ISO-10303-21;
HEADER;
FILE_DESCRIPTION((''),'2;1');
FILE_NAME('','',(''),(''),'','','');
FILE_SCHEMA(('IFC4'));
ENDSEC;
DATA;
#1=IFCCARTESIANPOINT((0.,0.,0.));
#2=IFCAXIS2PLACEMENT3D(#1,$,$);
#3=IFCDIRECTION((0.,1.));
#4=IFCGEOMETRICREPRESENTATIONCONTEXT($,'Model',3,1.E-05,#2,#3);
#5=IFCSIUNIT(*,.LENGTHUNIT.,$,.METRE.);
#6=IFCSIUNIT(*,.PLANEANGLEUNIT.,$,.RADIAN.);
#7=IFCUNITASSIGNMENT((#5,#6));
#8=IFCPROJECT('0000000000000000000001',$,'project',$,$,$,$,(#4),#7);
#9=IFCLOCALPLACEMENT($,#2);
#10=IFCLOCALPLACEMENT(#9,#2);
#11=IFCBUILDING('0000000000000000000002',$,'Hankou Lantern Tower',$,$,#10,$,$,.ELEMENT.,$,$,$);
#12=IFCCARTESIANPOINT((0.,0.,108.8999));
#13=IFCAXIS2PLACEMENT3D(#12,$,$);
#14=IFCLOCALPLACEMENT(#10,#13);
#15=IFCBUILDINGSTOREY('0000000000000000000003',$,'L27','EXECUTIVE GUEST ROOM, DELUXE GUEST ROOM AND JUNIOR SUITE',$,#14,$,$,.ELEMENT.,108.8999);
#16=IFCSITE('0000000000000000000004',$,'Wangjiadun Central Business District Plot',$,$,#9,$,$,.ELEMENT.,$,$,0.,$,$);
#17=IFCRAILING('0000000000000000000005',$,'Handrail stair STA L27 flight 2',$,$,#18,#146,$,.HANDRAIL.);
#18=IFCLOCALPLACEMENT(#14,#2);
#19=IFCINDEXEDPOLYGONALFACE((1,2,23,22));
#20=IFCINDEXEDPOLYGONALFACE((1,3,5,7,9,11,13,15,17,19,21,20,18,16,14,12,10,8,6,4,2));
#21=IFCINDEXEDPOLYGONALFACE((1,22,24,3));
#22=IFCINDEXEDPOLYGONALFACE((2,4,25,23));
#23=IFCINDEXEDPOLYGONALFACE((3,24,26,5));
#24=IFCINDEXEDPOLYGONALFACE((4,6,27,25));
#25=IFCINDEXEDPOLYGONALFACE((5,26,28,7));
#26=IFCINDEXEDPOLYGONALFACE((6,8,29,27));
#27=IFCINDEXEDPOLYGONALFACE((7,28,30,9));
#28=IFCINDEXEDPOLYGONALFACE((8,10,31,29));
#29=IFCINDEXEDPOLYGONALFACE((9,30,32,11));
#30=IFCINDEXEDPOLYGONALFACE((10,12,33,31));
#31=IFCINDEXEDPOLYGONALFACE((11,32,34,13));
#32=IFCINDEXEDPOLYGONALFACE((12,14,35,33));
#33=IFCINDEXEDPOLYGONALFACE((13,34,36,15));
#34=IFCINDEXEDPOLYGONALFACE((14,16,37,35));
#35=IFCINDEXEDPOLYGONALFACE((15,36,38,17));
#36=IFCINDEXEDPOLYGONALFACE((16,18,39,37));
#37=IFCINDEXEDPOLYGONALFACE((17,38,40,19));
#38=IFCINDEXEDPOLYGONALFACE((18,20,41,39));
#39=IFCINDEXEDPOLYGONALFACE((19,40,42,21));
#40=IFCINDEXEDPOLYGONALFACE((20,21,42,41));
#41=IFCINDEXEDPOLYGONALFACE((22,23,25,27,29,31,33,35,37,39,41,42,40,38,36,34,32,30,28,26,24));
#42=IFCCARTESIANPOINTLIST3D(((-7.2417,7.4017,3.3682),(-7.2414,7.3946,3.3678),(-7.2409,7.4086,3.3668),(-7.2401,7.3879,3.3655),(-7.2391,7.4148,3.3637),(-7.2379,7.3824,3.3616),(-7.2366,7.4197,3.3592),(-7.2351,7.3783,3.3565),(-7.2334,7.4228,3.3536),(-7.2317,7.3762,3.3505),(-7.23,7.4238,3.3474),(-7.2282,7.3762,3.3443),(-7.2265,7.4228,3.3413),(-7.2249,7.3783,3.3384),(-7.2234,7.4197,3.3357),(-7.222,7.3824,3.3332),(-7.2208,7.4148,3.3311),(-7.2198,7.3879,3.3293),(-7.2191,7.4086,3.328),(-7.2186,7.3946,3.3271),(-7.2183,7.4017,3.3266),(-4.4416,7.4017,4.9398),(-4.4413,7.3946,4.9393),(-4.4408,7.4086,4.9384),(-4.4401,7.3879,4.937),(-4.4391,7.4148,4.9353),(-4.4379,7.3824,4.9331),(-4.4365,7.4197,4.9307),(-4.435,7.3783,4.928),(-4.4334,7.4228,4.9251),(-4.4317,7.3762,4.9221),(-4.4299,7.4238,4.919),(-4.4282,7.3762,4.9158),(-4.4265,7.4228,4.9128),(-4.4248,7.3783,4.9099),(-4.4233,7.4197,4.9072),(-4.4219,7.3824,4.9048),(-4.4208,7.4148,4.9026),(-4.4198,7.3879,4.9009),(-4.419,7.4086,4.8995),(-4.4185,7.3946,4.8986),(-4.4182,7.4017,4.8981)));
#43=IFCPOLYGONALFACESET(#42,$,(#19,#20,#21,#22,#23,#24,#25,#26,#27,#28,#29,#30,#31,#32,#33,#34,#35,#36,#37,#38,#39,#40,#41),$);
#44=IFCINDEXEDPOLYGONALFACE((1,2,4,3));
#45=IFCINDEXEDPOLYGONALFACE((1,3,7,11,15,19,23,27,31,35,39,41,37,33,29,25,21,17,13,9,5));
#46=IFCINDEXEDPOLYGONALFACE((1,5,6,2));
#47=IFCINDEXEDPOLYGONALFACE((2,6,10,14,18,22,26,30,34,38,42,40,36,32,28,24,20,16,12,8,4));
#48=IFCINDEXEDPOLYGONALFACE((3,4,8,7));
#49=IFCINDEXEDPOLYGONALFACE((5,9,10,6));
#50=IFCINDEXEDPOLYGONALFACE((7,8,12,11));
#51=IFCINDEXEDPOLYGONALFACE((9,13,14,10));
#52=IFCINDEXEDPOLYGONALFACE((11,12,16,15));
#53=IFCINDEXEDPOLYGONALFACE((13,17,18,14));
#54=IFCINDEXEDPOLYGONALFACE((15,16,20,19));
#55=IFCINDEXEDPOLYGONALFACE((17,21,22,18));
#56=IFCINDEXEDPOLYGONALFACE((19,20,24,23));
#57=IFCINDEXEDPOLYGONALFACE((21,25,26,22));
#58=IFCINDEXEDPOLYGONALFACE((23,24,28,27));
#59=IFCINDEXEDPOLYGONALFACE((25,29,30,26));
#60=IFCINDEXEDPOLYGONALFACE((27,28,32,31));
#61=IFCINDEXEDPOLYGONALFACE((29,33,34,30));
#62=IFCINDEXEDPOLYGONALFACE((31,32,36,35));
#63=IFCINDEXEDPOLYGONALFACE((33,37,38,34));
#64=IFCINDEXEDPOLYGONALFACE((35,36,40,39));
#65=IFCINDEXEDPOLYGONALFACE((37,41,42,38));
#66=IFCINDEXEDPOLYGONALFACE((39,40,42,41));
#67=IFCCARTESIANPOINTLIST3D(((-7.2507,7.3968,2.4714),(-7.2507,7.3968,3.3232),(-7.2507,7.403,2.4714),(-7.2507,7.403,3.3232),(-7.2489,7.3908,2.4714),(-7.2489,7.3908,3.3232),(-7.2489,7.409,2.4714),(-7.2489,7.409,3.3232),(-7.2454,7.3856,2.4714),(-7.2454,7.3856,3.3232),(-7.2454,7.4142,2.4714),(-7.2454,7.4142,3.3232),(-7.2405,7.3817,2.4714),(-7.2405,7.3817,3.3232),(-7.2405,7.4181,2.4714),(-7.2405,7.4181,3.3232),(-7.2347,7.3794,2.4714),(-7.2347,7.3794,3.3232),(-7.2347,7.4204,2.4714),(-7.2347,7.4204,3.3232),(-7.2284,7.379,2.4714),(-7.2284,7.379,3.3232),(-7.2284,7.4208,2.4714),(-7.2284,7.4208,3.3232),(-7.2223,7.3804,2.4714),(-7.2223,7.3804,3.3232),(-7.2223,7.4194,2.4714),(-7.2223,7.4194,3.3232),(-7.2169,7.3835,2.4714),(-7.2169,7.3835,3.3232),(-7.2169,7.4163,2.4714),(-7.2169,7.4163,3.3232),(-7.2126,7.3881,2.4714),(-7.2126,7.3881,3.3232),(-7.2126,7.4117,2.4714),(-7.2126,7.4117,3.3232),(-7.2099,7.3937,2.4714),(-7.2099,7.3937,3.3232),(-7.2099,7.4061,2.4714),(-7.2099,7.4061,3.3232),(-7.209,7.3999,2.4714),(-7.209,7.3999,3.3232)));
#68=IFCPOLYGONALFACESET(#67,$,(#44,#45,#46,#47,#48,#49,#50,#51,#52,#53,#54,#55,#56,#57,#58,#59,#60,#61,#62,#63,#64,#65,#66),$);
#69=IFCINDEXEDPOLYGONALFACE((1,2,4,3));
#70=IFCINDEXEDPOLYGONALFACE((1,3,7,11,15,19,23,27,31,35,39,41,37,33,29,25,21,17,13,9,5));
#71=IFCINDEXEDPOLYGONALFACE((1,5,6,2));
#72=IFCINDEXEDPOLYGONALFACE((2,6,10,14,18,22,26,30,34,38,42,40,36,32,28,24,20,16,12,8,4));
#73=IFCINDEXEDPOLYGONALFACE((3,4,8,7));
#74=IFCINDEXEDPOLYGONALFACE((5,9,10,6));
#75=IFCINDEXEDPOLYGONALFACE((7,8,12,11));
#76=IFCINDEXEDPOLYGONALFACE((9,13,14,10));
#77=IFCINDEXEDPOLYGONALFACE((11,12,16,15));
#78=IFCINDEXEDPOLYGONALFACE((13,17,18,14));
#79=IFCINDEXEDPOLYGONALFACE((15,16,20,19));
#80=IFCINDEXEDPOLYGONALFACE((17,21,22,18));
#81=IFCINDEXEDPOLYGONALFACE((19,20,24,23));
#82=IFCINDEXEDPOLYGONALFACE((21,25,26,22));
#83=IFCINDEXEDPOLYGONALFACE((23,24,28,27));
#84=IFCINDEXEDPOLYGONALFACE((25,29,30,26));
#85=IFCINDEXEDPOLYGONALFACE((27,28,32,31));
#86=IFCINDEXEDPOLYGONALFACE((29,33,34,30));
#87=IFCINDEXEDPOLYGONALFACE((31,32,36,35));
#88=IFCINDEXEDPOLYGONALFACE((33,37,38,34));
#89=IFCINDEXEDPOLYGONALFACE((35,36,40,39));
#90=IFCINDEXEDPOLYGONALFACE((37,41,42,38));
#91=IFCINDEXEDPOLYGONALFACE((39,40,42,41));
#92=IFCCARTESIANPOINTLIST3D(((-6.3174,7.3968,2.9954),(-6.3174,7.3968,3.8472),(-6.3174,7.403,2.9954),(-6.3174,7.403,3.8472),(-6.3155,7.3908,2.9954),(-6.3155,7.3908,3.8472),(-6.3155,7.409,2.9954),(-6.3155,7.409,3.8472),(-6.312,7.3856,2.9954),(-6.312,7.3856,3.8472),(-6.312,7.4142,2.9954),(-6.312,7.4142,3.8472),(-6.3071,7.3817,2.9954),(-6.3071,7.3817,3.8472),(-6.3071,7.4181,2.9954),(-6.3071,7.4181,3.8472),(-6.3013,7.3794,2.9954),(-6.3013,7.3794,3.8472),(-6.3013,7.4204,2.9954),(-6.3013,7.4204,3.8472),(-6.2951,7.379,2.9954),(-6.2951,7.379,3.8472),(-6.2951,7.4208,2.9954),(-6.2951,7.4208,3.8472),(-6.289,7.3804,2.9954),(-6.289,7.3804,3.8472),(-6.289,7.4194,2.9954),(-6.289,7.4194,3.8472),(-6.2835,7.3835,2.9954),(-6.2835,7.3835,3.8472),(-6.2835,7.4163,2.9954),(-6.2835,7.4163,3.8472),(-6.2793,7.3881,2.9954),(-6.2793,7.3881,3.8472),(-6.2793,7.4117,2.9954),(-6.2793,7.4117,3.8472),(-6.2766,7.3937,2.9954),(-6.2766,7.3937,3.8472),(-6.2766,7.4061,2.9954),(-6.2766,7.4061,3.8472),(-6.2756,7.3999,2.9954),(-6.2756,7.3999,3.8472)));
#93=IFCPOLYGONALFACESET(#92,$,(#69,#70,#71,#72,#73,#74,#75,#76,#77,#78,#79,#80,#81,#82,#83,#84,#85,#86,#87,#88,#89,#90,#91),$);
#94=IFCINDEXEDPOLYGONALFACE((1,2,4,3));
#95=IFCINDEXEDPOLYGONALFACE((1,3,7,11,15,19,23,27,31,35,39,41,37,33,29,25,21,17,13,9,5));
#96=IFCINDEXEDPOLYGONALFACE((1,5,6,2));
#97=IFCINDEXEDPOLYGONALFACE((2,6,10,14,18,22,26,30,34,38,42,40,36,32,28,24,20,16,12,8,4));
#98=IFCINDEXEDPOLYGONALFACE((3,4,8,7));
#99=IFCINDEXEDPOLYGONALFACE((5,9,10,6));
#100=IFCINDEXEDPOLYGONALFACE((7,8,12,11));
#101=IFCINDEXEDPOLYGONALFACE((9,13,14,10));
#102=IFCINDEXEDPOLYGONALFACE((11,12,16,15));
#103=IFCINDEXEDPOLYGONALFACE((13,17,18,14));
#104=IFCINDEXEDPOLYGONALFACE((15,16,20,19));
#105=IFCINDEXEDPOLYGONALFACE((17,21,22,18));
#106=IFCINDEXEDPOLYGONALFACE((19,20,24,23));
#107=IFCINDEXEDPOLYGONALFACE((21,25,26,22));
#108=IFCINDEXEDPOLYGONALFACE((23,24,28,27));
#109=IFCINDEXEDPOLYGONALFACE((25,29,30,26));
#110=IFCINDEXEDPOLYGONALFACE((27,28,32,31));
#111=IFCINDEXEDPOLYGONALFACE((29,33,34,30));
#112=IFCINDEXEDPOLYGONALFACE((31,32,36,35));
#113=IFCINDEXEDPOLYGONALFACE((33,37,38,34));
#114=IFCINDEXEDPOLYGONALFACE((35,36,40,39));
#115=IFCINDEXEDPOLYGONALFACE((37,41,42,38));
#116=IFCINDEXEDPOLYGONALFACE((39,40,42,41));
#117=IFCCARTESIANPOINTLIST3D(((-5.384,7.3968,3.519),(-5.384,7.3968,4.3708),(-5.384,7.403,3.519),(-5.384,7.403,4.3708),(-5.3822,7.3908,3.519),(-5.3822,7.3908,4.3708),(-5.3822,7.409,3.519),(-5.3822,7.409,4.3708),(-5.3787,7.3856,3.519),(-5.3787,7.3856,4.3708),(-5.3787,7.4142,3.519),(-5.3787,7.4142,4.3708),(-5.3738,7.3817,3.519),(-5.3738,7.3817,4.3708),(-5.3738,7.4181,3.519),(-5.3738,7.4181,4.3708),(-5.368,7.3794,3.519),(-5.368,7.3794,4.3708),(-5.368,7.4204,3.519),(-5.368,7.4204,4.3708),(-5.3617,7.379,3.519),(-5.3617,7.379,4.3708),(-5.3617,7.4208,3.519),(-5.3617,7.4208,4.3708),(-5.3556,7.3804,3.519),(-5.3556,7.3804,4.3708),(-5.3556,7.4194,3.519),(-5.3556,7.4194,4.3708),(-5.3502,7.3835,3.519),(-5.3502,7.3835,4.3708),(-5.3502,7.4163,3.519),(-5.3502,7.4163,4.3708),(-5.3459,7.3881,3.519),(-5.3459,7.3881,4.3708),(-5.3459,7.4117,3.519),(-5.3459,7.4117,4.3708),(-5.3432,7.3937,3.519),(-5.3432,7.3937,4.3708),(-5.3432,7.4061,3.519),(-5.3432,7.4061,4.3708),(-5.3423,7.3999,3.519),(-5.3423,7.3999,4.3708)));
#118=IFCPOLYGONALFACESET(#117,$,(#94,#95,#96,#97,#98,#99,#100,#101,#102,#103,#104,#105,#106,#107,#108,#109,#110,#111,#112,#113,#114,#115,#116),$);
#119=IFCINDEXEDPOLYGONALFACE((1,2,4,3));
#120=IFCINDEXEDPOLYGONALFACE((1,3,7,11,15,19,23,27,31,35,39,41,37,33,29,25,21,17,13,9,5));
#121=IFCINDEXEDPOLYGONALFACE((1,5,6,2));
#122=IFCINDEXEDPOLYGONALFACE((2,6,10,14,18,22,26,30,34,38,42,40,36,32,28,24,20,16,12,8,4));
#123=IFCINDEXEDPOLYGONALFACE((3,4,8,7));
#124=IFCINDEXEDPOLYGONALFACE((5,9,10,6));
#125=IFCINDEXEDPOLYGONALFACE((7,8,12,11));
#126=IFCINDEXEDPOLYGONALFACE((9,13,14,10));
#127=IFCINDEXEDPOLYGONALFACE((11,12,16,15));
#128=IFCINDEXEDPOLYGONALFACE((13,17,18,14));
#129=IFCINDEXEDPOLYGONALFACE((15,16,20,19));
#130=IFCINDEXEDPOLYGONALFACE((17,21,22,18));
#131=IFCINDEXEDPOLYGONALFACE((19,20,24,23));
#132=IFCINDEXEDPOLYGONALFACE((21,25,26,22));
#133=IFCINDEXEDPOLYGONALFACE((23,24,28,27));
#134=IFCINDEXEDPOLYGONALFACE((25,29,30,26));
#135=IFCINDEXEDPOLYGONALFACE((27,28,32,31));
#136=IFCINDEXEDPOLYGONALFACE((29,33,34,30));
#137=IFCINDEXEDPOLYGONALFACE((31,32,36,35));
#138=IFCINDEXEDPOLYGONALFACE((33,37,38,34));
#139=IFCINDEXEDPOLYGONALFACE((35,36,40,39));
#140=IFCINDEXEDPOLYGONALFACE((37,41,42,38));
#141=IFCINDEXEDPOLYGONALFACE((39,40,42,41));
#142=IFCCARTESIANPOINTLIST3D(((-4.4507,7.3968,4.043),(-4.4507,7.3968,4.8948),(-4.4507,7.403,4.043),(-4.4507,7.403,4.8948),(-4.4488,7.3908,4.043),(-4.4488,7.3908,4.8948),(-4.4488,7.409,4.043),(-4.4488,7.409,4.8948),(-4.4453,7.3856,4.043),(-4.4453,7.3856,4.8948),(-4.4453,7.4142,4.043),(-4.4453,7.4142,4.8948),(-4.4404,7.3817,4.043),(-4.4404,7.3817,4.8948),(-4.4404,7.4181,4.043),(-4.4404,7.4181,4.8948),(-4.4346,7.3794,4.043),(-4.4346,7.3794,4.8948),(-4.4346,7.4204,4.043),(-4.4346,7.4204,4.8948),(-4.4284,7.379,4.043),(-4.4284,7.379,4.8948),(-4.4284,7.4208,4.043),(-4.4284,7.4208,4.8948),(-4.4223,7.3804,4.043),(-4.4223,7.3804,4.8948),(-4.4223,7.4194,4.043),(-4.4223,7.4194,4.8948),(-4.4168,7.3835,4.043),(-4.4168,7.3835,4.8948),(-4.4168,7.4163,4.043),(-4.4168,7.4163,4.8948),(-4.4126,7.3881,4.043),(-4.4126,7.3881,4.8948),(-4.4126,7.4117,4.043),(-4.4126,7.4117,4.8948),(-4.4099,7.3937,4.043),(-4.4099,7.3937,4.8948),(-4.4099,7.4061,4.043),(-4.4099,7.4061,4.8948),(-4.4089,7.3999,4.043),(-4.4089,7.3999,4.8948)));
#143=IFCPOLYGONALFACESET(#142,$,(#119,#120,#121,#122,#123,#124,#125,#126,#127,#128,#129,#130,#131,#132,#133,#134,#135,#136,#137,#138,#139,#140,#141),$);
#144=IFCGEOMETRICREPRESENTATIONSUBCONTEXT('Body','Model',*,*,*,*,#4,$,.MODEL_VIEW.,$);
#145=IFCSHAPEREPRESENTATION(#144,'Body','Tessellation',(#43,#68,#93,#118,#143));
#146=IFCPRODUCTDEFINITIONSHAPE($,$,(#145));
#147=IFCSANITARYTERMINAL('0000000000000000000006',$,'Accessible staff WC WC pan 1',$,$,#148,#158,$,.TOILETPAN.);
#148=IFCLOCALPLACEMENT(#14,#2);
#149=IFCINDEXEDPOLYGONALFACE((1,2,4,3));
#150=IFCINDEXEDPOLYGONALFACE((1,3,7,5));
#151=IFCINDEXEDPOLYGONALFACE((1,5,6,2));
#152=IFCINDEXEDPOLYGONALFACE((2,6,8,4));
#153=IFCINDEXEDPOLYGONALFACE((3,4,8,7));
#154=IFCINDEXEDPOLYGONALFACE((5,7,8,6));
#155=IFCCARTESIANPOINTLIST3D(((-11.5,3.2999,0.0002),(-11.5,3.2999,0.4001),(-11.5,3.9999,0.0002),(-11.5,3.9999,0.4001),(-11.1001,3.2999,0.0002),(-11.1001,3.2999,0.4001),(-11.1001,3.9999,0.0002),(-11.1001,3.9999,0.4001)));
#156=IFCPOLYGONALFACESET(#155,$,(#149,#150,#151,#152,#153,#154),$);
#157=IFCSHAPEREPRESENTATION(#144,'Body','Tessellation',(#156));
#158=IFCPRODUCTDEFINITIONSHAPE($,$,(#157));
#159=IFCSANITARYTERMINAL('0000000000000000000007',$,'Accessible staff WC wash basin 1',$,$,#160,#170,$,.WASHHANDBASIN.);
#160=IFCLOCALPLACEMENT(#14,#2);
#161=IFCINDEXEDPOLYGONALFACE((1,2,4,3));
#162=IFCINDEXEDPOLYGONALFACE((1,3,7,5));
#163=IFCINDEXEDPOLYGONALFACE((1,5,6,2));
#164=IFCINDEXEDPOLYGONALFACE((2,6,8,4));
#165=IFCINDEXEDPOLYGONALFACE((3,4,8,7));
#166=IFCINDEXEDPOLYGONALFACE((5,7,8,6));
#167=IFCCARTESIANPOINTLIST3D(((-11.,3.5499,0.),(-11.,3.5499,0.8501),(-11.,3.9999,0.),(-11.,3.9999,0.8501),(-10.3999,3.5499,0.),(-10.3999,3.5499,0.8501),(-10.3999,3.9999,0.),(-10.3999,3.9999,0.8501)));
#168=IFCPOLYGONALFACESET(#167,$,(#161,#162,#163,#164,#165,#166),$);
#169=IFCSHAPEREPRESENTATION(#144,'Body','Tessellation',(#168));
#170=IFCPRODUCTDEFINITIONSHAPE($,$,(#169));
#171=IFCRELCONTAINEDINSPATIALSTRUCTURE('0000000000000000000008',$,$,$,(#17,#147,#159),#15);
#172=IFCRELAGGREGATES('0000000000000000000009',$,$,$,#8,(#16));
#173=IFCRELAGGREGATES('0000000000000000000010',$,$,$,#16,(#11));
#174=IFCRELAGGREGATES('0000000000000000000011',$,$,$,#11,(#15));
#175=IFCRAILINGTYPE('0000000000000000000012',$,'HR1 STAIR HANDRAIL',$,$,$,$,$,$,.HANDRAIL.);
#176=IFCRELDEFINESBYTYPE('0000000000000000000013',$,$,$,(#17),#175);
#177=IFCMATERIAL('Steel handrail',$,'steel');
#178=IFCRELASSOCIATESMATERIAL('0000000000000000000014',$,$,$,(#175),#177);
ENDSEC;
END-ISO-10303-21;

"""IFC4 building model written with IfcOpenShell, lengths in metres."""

from ifc_helpers import new_model, si_unit, direction, frame, origin, origin_2d, place, context, subcontext, project, spatial, rectangle, circle, extrude, material, type_object, element, save


model = new_model("IFC4")

# Units and contexts
model_context = context("Model", 3, precision=1e-05, world=origin(), true_north=direction((0.0, 1.0)))
body_context = subcontext(model_context, "Body", "Model", "MODEL_VIEW")
ifc_project = project(units=[si_unit("LENGTHUNIT", "METRE"), si_unit("PLANEANGLEUNIT", "RADIAN")], contexts=[model_context])

# Site, building, storey
site_placement = place(None, origin())
site = spatial("IfcSite", under=ifc_project, at=site_placement, Name="Wangjiadun Central Business District Plot", CompositionType="ELEMENT", RefElevation=0.0)
building_placement = place(site_placement, origin())
building = spatial("IfcBuilding", under=site, at=building_placement, Name="Hankou Lantern Tower", CompositionType="ELEMENT")
storey_placement = place(building_placement, frame((0.0, 0.0, 108.8999)))
storey = spatial("IfcBuildingStorey", under=building, at=storey_placement, Name="L27", Description="EXECUTIVE GUEST ROOM, DELUXE GUEST ROOM AND JUNIOR SUITE", CompositionType="ELEMENT", Elevation=108.8999)

# Railing
ifc_material_1 = material(Name="Steel handrail", Category="steel")
railing_type = type_object("IfcRailingType", Name="HR1 STAIR HANDRAIL", PredefinedType="HANDRAIL", material=ifc_material_1)
railing_1_placement = place(storey_placement, frame((-7.23, 7.3999, 2.4714)))
element("IfcRailing", 1, at=railing_1_placement, inside=storey, type_object=railing_type, Name="Handrail stair STA L27 flight 2", PredefinedType="HANDRAIL", context=body_context, shape_type="SweptSolid", body=[
    extrude(circle(Radius=0.0239, at=origin_2d()), frame((0.0, 0.0, 0.876), z_axis=(0.87204, 0.0, 0.489434), x_axis=(0.0, 1.0, 0.0)), (0.0, 0.0, 1.0), 3.2109),
    extrude(circle(Radius=0.021, at=origin_2d()), origin(), (0.0, 0.0, 1.0), 0.8518),
    extrude(circle(Radius=0.021, at=origin_2d()), frame((0.9333, 0.0, 0.5239)), (0.0, 0.0, 1.0), 0.8518),
    extrude(circle(Radius=0.021, at=origin_2d()), frame((1.8667, 0.0, 1.0476)), (0.0, 0.0, 1.0), 0.8518),
    extrude(circle(Radius=0.021, at=origin_2d()), frame((2.8, 0.0, 1.5715)), (0.0, 0.0, 1.0), 0.8518),
])

# Sanitary terminals
sanitary_terminal_1_placement = place(storey_placement, frame((-11.3, 3.6499, 0.0002), z_axis=(0.0, 0.0, 1.0), x_axis=(1.0, 0.0, 0.0)))
element("IfcSanitaryTerminal", 2, at=sanitary_terminal_1_placement, inside=storey, Name="Accessible staff WC WC pan 1", PredefinedType="TOILETPAN", context=body_context, shape_type="SweptSolid", body=[
    extrude(rectangle(XDim=0.3999, YDim=0.7, at=origin_2d()), origin(), (0.0, 0.0, 1.0), 0.3999),
])
sanitary_terminal_2_placement = place(storey_placement, frame((-10.7, 3.7749, 0.0), z_axis=(0.0, 0.0, 1.0), x_axis=(1.0, 0.0, 0.0)))
element("IfcSanitaryTerminal", 3, at=sanitary_terminal_2_placement, inside=storey, Name="Accessible staff WC wash basin 1", PredefinedType="WASHHANDBASIN", context=body_context, shape_type="SweptSolid", body=[
    extrude(rectangle(XDim=0.6001, YDim=0.45, at=origin_2d()), origin(), (0.0, 0.0, 1.0), 0.8501),
])

save(model, "model.ifc")
